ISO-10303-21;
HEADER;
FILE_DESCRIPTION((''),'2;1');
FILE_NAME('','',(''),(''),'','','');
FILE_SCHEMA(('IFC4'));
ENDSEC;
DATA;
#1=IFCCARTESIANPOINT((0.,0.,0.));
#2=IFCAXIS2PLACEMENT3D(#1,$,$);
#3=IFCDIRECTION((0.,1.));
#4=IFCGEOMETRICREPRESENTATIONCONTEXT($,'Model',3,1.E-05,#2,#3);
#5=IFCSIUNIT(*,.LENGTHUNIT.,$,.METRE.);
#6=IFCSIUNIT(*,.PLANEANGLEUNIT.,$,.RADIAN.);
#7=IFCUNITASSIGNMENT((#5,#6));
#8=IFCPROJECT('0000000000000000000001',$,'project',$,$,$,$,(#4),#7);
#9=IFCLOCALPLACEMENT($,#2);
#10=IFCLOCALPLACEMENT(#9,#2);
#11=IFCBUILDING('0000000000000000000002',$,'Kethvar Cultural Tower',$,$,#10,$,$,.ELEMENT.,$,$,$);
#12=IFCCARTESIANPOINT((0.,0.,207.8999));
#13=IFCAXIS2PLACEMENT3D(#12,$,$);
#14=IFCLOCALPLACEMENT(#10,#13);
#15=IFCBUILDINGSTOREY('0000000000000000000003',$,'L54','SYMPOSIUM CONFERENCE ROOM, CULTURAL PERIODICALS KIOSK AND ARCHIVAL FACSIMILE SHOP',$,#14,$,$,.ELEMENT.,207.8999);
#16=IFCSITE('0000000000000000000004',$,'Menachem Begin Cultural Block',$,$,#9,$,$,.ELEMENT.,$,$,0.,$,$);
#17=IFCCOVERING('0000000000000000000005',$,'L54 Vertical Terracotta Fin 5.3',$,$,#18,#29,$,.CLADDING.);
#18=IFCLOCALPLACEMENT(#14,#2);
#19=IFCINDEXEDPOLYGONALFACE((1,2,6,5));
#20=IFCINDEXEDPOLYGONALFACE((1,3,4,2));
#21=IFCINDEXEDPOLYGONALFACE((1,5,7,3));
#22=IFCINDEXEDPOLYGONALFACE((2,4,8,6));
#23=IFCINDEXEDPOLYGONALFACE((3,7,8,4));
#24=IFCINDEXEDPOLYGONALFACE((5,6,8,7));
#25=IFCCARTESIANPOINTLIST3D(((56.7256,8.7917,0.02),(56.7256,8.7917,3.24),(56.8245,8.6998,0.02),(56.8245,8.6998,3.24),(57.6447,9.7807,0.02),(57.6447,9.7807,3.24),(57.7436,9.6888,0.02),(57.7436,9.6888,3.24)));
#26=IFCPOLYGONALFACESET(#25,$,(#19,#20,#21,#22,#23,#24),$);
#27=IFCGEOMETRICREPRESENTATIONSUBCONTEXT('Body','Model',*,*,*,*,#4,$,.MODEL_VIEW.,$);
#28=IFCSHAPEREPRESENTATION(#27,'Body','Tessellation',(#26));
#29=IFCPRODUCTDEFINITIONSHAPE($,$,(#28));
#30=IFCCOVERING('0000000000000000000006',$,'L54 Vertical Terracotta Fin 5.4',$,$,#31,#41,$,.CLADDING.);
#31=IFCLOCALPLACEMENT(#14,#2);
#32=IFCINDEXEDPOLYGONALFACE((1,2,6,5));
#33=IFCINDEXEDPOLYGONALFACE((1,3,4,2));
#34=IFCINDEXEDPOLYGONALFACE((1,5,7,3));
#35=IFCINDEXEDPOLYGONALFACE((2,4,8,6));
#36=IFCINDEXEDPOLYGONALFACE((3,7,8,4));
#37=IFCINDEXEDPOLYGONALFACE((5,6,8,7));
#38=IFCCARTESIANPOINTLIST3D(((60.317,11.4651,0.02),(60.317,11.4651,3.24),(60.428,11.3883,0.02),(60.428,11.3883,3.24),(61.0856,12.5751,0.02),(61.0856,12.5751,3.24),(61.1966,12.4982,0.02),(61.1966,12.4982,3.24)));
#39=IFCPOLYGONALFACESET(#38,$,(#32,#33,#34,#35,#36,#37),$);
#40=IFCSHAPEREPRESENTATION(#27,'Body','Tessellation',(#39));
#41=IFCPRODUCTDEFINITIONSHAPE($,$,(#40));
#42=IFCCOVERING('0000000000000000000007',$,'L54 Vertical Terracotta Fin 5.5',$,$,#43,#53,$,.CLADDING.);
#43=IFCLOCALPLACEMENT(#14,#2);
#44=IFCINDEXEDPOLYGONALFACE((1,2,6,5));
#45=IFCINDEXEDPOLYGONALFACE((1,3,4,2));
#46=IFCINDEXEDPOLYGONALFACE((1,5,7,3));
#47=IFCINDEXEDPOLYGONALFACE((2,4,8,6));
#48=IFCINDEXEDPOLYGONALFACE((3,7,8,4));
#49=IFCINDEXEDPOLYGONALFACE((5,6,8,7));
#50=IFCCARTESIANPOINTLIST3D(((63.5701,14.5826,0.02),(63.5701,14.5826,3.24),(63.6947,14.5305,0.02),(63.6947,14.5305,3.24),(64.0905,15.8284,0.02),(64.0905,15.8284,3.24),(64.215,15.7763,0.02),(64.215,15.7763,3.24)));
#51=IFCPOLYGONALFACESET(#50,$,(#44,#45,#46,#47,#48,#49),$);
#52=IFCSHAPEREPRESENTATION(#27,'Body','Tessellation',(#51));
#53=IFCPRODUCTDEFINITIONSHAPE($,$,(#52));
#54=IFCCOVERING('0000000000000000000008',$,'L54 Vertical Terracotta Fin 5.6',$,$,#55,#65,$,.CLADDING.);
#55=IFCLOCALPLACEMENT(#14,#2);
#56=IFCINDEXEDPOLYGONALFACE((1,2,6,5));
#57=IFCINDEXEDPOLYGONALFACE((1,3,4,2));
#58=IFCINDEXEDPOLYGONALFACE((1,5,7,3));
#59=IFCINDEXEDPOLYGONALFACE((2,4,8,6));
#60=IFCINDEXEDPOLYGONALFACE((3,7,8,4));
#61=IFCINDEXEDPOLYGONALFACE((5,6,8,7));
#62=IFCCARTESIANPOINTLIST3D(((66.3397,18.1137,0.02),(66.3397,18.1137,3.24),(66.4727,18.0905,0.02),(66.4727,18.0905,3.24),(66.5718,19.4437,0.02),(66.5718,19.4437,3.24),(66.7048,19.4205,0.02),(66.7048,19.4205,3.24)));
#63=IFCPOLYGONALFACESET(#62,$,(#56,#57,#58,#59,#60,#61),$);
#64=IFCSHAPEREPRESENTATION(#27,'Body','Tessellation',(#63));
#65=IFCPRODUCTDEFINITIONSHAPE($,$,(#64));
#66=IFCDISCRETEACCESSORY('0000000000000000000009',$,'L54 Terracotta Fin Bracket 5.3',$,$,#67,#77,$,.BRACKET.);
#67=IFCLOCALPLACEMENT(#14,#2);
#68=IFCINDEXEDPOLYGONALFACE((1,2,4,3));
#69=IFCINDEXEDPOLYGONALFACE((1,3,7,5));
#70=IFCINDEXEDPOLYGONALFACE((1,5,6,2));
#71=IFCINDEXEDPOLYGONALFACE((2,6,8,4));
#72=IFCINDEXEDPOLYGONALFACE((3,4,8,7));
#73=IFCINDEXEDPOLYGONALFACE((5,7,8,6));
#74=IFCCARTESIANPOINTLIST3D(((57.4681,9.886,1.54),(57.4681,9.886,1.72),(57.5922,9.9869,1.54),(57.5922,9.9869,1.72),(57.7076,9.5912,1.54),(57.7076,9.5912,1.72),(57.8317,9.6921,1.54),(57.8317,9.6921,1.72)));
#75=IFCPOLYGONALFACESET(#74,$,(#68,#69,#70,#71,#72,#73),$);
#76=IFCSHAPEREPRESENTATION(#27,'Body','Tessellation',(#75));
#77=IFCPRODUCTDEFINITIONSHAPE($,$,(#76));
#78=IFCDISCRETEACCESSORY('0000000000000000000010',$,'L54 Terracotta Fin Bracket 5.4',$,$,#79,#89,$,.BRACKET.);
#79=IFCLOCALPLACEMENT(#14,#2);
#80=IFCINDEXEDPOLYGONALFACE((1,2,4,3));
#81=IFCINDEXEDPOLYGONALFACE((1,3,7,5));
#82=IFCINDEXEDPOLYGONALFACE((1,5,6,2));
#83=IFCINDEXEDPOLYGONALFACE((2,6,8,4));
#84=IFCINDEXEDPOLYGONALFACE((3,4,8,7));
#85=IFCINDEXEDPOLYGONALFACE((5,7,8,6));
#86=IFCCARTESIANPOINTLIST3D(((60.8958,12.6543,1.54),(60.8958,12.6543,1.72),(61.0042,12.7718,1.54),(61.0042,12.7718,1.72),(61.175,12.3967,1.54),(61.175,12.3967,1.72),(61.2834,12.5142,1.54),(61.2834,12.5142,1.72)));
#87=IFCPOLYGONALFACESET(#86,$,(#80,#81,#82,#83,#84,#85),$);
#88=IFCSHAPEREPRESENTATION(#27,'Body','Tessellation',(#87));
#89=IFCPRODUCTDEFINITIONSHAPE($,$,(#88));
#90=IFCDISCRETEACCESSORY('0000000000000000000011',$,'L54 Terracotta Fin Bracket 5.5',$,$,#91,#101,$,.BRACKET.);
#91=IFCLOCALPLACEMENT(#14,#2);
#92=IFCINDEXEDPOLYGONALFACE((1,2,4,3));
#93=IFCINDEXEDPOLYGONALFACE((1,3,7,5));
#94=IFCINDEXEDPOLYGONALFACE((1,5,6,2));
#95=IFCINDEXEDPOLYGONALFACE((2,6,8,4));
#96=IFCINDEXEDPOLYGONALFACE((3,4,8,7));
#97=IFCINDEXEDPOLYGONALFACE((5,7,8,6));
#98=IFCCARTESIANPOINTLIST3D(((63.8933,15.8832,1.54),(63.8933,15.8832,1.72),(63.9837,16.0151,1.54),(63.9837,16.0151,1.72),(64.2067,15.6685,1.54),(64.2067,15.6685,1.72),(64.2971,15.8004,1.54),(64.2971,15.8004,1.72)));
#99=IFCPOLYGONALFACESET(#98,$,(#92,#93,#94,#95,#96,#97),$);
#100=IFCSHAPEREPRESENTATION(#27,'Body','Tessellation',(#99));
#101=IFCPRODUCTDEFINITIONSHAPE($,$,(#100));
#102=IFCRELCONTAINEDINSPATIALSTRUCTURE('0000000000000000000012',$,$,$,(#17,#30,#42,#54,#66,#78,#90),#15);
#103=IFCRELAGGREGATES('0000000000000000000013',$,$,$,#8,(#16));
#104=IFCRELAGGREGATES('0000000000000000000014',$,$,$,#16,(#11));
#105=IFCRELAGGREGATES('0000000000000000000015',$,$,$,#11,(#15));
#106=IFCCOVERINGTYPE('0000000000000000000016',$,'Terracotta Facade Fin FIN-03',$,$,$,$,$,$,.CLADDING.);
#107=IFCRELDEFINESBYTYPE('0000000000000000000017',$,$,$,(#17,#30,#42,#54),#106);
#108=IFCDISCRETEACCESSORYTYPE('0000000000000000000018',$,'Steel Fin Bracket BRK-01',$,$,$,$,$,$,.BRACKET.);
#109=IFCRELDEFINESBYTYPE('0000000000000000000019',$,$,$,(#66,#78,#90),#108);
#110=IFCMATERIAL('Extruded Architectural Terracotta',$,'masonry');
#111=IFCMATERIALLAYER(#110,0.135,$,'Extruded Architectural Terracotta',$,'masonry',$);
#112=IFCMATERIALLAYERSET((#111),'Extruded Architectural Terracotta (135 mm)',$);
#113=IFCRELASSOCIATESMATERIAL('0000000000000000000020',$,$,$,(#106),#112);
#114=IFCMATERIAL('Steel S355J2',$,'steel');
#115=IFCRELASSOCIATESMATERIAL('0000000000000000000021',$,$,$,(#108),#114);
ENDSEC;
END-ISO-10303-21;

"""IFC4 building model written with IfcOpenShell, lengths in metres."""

from ifc_helpers import new_model, si_unit, direction, frame, origin, origin_2d, place, context, subcontext, project, spatial, rectangle, extrude, source, transform, mapped, material, layer, layer_set, type_object, element, save


model = new_model("IFC4")

# Units and contexts
model_context = context("Model", 3, precision=1e-05, world=origin(), true_north=direction((0.0, 1.0)))
body_context = subcontext(model_context, "Body", "Model", "MODEL_VIEW")
ifc_project = project(units=[si_unit("LENGTHUNIT", "METRE"), si_unit("PLANEANGLEUNIT", "RADIAN")], contexts=[model_context])

# Site, building, storey
site_placement = place(None, origin())
site = spatial("IfcSite", under=ifc_project, at=site_placement, Name="Menachem Begin Cultural Block", CompositionType="ELEMENT", RefElevation=0.0)
building_placement = place(site_placement, origin())
building = spatial("IfcBuilding", under=site, at=building_placement, Name="Kethvar Cultural Tower", CompositionType="ELEMENT")
storey_placement = place(building_placement, frame((0.0, 0.0, 207.8999)))
storey = spatial("IfcBuildingStorey", under=building, at=storey_placement, Name="L54", Description="SYMPOSIUM CONFERENCE ROOM, CULTURAL PERIODICALS KIOSK AND ARCHIVAL FACSIMILE SHOP", CompositionType="ELEMENT", Elevation=207.8999)

# Shared definitions
ifc_material_1 = material(Name="Steel S355J2", Category="steel")

# Coverings
ifc_material_2 = material(Name="Extruded Architectural Terracotta", Category="masonry")
ifc_layer_1 = layer(ifc_material_2, 0.135, Name="Extruded Architectural Terracotta", Category="masonry")
ifc_layer_set_1 = layer_set([ifc_layer_1], Name="Extruded Architectural Terracotta (135 mm)")
covering_type = type_object("IfcCoveringType", Name="Terracotta Facade Fin FIN-03", PredefinedType="CLADDING", material=ifc_layer_set_1)
shared_shape_1 = source(origin(), body_context, "Body", "SweptSolid", [
    extrude(rectangle(XDim=1.3501, YDim=0.135, at=origin_2d()), origin(), (0.0, 0.0, 1.0), 3.22),
])
for number, where, z_axis, x_axis, name in (
    (1, (57.2346, 9.2402, 0.02), (0.0, 0.0, 1.0), (-0.680721, -0.732543, 0.0), "L54 Vertical Terracotta Fin 5.3"),
    (2, (60.7568, 11.9817, 0.02), (0.0, 0.0, 1.0), (-0.56928, -0.822144, 0.0), "L54 Vertical Terracotta Fin 5.4"),
    (3, (63.8926, 15.1794, 0.02), (0.0, 0.0, 1.0), (-0.385423, -0.92274, 0.0), "L54 Vertical Terracotta Fin 5.5"),
    (4, (66.5222, 18.7671, 0.02), (0.0, 0.0, 1.0), (-0.171929, -0.985109, 0.0), "L54 Vertical Terracotta Fin 5.6"),
):
    element("IfcCovering", number, at=place(storey_placement, frame(where, z_axis=z_axis, x_axis=x_axis)), inside=storey, type_object=covering_type, Name=name, PredefinedType="CLADDING", context=body_context, shape_type="MappedRepresentation", body=[
        mapped(shared_shape_1, transform((0.0, 0.0, 0.0), scale=1.0)),
    ])

# Discrete accessories
discrete_accessory_type = type_object("IfcDiscreteAccessoryType", Name="Steel Fin Bracket BRK-01", PredefinedType="BRACKET", material=ifc_material_1)
shared_shape_2 = source(origin(), body_context, "Body", "SweptSolid", [
    extrude(rectangle(XDim=0.3799, YDim=0.1599, at=origin_2d()), origin(), (0.0, 0.0, 1.0), 0.1799),
])
for number, where, z_axis, x_axis, name in (
    (5, (57.6499, 9.7891, 1.54), (0.0, 0.0, 1.0), (0.630676, -0.776046, 0.0), "L54 Terracotta Fin Bracket 5.3"),
    (6, (61.0896, 12.5842, 1.54), (0.0, 0.0, 1.0), (0.734915, -0.67816, 0.0), "L54 Terracotta Fin Bracket 5.4"),
    (7, (64.0952, 15.8418, 1.54), (0.0, 0.0, 1.0), (0.825015, -0.565111, 0.0), "L54 Terracotta Fin Bracket 5.5"),
):
    element("IfcDiscreteAccessory", number, at=place(storey_placement, frame(where, z_axis=z_axis, x_axis=x_axis)), inside=storey, type_object=discrete_accessory_type, Name=name, PredefinedType="BRACKET", context=body_context, shape_type="MappedRepresentation", body=[
        mapped(shared_shape_2, transform((0.0, 0.0, 0.0), scale=1.0)),
    ])

save(model, "model.ifc")
